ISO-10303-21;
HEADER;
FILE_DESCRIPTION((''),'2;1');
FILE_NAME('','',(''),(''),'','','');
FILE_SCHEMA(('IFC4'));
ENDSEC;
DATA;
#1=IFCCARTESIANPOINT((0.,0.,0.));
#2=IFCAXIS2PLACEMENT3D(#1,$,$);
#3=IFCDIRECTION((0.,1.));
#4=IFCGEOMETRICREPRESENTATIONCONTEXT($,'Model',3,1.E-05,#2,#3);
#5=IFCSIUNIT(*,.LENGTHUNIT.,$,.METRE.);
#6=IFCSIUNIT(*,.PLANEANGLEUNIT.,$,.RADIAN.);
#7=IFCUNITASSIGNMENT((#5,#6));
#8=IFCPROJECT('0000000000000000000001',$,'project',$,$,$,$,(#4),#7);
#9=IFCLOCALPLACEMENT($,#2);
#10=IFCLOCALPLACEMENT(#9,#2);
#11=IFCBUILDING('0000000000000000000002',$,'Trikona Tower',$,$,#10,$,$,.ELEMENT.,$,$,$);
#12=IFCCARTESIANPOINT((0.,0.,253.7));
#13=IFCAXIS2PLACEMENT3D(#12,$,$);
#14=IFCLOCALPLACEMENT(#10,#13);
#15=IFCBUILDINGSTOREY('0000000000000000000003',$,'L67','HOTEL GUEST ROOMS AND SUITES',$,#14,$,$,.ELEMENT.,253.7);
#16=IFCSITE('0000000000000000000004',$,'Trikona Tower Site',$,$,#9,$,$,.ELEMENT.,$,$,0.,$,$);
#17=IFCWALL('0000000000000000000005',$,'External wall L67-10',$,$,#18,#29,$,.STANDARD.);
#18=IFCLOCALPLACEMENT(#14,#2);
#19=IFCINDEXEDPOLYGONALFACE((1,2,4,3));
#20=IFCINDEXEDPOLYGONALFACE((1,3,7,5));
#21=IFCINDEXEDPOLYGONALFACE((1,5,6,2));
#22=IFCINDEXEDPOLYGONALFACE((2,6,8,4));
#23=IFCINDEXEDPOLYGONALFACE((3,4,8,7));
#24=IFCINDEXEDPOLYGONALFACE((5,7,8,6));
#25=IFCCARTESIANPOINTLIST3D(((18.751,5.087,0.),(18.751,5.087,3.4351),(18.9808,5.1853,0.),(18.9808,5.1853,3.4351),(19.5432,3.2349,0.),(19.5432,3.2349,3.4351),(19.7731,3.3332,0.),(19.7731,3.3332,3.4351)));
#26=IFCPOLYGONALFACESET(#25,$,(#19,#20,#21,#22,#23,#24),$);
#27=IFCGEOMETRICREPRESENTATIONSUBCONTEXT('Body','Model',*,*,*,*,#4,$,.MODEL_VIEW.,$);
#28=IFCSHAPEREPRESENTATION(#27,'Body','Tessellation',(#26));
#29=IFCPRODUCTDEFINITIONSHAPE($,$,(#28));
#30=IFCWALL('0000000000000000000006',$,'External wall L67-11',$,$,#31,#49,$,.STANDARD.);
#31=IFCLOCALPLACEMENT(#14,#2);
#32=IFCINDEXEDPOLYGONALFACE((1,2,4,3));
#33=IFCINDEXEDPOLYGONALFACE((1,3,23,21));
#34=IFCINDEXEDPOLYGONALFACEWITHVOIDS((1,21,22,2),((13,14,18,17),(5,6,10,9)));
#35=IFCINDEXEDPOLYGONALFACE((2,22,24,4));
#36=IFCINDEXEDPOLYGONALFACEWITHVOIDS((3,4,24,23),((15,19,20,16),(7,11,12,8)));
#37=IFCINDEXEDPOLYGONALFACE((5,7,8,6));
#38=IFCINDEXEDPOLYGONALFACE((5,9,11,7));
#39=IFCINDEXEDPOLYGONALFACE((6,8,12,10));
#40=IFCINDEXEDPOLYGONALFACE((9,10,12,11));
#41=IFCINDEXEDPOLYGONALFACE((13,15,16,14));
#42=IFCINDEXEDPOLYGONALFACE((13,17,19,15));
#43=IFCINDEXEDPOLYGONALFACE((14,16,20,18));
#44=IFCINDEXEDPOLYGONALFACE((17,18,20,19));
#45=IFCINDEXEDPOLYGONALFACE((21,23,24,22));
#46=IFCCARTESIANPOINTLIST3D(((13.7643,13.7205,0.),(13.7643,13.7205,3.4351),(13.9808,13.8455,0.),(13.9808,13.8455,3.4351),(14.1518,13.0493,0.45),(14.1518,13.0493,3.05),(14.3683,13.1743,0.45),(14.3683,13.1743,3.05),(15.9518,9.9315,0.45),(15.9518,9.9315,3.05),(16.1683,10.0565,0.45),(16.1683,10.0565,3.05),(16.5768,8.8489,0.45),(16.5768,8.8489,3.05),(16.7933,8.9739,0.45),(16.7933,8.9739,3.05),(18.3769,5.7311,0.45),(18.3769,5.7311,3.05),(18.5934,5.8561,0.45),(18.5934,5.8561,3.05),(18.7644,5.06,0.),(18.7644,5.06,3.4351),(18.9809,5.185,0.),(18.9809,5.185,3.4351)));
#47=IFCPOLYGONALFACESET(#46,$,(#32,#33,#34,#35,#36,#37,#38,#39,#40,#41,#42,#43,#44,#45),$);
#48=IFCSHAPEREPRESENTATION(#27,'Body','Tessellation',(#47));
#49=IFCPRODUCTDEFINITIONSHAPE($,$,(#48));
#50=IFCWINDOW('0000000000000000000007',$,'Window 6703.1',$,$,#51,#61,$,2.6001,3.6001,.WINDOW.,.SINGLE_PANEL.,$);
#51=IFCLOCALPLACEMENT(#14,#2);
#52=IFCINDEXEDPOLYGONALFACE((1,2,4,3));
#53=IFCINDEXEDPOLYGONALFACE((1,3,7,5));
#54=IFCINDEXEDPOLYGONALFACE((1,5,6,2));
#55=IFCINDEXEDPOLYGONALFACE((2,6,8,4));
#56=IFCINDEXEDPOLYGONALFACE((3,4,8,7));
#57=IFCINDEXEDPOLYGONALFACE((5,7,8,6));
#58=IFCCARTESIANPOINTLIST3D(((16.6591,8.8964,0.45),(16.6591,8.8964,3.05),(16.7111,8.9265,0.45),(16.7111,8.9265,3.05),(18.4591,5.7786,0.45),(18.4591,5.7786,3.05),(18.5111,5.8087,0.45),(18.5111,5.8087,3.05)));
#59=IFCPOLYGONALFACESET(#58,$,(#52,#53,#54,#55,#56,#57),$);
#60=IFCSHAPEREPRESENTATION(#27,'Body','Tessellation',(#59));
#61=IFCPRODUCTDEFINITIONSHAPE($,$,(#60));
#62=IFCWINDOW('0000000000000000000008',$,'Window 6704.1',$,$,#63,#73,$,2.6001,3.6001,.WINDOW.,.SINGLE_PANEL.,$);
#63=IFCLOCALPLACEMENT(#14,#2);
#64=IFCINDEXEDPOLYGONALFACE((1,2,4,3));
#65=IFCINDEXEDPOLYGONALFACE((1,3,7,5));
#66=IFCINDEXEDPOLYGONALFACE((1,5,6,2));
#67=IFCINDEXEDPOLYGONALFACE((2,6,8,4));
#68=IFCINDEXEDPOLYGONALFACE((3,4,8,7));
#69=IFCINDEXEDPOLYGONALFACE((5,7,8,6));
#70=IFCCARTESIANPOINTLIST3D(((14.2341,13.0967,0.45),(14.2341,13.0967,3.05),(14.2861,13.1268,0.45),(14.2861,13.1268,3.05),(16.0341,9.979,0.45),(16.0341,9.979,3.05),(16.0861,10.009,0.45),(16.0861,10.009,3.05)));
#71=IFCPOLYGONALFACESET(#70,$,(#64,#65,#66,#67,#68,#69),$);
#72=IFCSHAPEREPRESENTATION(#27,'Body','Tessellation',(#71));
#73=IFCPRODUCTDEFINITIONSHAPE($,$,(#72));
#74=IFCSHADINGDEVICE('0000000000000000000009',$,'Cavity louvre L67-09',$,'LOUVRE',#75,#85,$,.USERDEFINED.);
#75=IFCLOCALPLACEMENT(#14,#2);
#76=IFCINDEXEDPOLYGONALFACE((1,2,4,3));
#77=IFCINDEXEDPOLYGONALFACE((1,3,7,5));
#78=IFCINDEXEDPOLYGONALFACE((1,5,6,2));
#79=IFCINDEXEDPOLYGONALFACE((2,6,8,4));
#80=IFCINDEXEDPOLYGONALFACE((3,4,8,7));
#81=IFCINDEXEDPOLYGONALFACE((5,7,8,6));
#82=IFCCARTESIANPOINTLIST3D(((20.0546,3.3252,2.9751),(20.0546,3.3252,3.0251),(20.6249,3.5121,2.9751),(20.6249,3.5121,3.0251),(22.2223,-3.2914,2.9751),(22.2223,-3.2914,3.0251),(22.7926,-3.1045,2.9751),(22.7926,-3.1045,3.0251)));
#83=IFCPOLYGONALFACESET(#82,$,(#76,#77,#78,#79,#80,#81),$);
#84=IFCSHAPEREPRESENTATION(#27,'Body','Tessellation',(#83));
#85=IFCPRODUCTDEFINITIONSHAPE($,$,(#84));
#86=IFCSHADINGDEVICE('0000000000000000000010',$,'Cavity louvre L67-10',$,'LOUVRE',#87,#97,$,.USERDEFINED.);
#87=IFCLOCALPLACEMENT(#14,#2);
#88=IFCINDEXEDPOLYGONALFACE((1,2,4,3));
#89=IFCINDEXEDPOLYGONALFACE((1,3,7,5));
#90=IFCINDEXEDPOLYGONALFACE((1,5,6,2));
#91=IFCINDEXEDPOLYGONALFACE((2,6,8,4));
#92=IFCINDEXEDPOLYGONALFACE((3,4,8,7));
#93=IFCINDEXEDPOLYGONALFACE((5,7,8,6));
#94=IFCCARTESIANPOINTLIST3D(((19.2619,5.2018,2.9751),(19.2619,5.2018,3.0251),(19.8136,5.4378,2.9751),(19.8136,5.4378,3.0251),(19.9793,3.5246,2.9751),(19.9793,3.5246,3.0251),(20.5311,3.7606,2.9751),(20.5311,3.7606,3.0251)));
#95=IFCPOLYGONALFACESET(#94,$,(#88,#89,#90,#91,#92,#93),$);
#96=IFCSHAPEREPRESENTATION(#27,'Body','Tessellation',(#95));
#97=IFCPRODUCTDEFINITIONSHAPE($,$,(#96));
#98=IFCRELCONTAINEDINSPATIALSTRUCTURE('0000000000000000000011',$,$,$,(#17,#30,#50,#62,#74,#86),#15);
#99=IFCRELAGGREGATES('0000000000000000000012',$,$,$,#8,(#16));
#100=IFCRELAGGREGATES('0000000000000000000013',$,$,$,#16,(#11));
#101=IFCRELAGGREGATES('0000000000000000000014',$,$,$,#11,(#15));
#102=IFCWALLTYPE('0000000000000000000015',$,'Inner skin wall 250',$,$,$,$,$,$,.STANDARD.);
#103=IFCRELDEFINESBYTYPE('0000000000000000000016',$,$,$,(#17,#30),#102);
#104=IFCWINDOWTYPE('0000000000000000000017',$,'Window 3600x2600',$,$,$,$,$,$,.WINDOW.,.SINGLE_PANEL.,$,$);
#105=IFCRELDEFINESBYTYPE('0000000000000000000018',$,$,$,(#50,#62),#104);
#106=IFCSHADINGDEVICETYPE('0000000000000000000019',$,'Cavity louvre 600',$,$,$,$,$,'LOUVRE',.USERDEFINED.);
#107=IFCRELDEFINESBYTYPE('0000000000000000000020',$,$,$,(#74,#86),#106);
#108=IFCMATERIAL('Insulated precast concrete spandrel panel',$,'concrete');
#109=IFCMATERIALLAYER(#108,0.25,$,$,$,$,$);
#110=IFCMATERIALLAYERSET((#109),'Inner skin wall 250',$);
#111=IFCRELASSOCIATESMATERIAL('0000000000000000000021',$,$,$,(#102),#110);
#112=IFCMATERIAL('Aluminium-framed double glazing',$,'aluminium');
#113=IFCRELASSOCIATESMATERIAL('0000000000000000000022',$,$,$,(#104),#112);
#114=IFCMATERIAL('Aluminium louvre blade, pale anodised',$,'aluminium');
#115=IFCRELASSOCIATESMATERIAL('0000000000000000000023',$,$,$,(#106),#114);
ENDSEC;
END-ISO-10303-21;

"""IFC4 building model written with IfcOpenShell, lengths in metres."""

from ifc_helpers import new_model, si_unit, direction, frame, frame_2d, origin, origin_2d, place, context, subcontext, project, spatial, rectangle, extrude, material, layer, layer_set, type_object, element, fill, save


model = new_model("IFC4")

# Units and contexts
model_context = context("Model", 3, precision=1e-05, world=origin(), true_north=direction((0.0, 1.0)))
body_context = subcontext(model_context, "Body", "Model", "MODEL_VIEW")
ifc_project = project(units=[si_unit("LENGTHUNIT", "METRE"), si_unit("PLANEANGLEUNIT", "RADIAN")], contexts=[model_context])

# Site, building, storey
site_placement = place(None, origin())
site = spatial("IfcSite", under=ifc_project, at=site_placement, Name="Trikona Tower Site", CompositionType="ELEMENT", RefElevation=0.0)
building_placement = place(site_placement, origin())
building = spatial("IfcBuilding", under=site, at=building_placement, Name="Trikona Tower", CompositionType="ELEMENT")
storey_placement = place(building_placement, frame((0.0, 0.0, 253.7)))
storey = spatial("IfcBuildingStorey", under=building, at=storey_placement, Name="L67", Description="HOTEL GUEST ROOMS AND SUITES", CompositionType="ELEMENT", Elevation=253.7)

# Wall
ifc_material_1 = material(Name="Insulated precast concrete spandrel panel", Category="concrete")
ifc_layer_1 = layer(ifc_material_1, 0.25)
ifc_layer_set_1 = layer_set([ifc_layer_1], Name="Inner skin wall 250")
wall_type = type_object("IfcWallType", Name="Inner skin wall 250", PredefinedType="STANDARD", material=ifc_layer_set_1)
wall_1_placement = place(storey_placement, frame((19.6582, 3.2839, 0.0), z_axis=(0.0, 0.0, 1.0), x_axis=(-0.39329, 0.919414, 0.0)))
element("IfcWall", 1, at=wall_1_placement, inside=storey, type_object=wall_type, Name="External wall L67-10", PredefinedType="STANDARD", context=body_context, shape_type="SweptSolid", body=[
    extrude(rectangle(XDim=2.0144, YDim=0.25, at=frame_2d((1.0073, 0.0))), origin(), (0.0, 0.0, 1.0), 3.4351),
])

# Wall, openings, windows
wall_2_placement = place(storey_placement, frame((18.8726, 5.1226, 0.0), z_axis=(0.0, 0.0, 1.0), x_axis=(-0.499994, 0.866029, 0.0)))
wall_2 = element("IfcWall", 2, at=wall_2_placement, inside=storey, type_object=wall_type, Name="External wall L67-11", PredefinedType="STANDARD", context=body_context, shape_type="SweptSolid", body=[
    extrude(rectangle(XDim=10.0002, YDim=0.25, at=frame_2d((5.0, 0.0))), origin(), (0.0, 0.0, 1.0), 3.4351),
])
opening_1_placement = place(wall_2_placement, frame((0.7749, 0.0, 0.45)))
opening_1 = element("IfcOpeningElement", 3, at=opening_1_placement, cuts=wall_2, PredefinedType="OPENING", context=body_context, shape_type="SweptSolid", body=[
    extrude(rectangle(XDim=3.6001, YDim=2.6001, at=frame_2d((1.8, 1.3))), frame((0.0, 0.135, 0.0), z_axis=(0.0, -1.0, 0.0), x_axis=(1.0, 0.0, 0.0)), (0.0, 0.0, 1.0), 0.27),
])
opening_2_placement = place(wall_2_placement, frame((5.625, 0.0, 0.45)))
opening_2 = element("IfcOpeningElement", 4, at=opening_2_placement, cuts=wall_2, PredefinedType="OPENING", context=body_context, shape_type="SweptSolid", body=[
    extrude(rectangle(XDim=3.6001, YDim=2.6001, at=frame_2d((1.8, 1.3))), frame((0.0, 0.135, 0.0), z_axis=(0.0, -1.0, 0.0), x_axis=(1.0, 0.0, 0.0)), (0.0, 0.0, 1.0), 0.27),
])
ifc_material_2 = material(Name="Aluminium-framed double glazing", Category="aluminium")
window_type = type_object("IfcWindowType", Name="Window 3600x2600", PartitioningType="SINGLE_PANEL", PredefinedType="WINDOW", material=ifc_material_2)
window_1_placement = place(opening_1_placement, origin())
window_1 = element("IfcWindow", 5, at=window_1_placement, inside=storey, type_object=window_type, Name="Window 6703.1", OverallHeight=2.6001, OverallWidth=3.6001, PartitioningType="SINGLE_PANEL", PredefinedType="WINDOW", context=body_context, shape_type="SweptSolid", body=[
    extrude(rectangle(XDim=3.6001, YDim=2.6001, at=frame_2d((1.8, 1.3))), frame((0.0, 0.03, 0.0), z_axis=(0.0, -1.0, 0.0), x_axis=(1.0, 0.0, 0.0)), (0.0, 0.0, 1.0), 0.0601),
])
fill(opening_1, window_1)
window_2_placement = place(opening_2_placement, origin())
window_2 = element("IfcWindow", 6, at=window_2_placement, inside=storey, type_object=window_type, Name="Window 6704.1", OverallHeight=2.6001, OverallWidth=3.6001, PartitioningType="SINGLE_PANEL", PredefinedType="WINDOW", context=body_context, shape_type="SweptSolid", body=[
    extrude(rectangle(XDim=3.6001, YDim=2.6001, at=frame_2d((1.8, 1.3))), frame((0.0, 0.03, 0.0), z_axis=(0.0, -1.0, 0.0), x_axis=(1.0, 0.0, 0.0)), (0.0, 0.0, 1.0), 0.0601),
])
fill(opening_2, window_2)

# Shading devices
ifc_material_3 = material(Name="Aluminium louvre blade, pale anodised", Category="aluminium")
shading_device_type = type_object("IfcShadingDeviceType", Name="Cavity louvre 600", ElementType="LOUVRE", PredefinedType="USERDEFINED", material=ifc_material_3)
shading_device_1_placement = place(storey_placement, frame((21.4236, 0.1104, 2.9751), z_axis=(0.0, 0.0, 1.0), x_axis=(-0.311337, 0.9503, 0.0)))
element("IfcShadingDevice", 7, at=shading_device_1_placement, inside=storey, type_object=shading_device_type, Name="Cavity louvre L67-09", ObjectType="LOUVRE", PredefinedType="USERDEFINED", context=body_context, shape_type="SweptSolid", body=[
    extrude(rectangle(XDim=6.9626, YDim=0.6001, at=origin_2d()), origin(), (0.0, 0.0, 1.0), 0.05),
])
shading_device_2_placement = place(storey_placement, frame((19.8965, 4.4812, 2.9751), z_axis=(0.0, 0.0, 1.0), x_axis=(-0.393284, 0.919417, 0.0)))
element("IfcShadingDevice", 8, at=shading_device_2_placement, inside=storey, type_object=shading_device_type, Name="Cavity louvre L67-10", ObjectType="LOUVRE", PredefinedType="USERDEFINED", context=body_context, shape_type="SweptSolid", body=[
    extrude(rectangle(XDim=1.8242, YDim=0.6001, at=origin_2d()), origin(), (0.0, 0.0, 1.0), 0.05),
])

save(model, "model.ifc")
